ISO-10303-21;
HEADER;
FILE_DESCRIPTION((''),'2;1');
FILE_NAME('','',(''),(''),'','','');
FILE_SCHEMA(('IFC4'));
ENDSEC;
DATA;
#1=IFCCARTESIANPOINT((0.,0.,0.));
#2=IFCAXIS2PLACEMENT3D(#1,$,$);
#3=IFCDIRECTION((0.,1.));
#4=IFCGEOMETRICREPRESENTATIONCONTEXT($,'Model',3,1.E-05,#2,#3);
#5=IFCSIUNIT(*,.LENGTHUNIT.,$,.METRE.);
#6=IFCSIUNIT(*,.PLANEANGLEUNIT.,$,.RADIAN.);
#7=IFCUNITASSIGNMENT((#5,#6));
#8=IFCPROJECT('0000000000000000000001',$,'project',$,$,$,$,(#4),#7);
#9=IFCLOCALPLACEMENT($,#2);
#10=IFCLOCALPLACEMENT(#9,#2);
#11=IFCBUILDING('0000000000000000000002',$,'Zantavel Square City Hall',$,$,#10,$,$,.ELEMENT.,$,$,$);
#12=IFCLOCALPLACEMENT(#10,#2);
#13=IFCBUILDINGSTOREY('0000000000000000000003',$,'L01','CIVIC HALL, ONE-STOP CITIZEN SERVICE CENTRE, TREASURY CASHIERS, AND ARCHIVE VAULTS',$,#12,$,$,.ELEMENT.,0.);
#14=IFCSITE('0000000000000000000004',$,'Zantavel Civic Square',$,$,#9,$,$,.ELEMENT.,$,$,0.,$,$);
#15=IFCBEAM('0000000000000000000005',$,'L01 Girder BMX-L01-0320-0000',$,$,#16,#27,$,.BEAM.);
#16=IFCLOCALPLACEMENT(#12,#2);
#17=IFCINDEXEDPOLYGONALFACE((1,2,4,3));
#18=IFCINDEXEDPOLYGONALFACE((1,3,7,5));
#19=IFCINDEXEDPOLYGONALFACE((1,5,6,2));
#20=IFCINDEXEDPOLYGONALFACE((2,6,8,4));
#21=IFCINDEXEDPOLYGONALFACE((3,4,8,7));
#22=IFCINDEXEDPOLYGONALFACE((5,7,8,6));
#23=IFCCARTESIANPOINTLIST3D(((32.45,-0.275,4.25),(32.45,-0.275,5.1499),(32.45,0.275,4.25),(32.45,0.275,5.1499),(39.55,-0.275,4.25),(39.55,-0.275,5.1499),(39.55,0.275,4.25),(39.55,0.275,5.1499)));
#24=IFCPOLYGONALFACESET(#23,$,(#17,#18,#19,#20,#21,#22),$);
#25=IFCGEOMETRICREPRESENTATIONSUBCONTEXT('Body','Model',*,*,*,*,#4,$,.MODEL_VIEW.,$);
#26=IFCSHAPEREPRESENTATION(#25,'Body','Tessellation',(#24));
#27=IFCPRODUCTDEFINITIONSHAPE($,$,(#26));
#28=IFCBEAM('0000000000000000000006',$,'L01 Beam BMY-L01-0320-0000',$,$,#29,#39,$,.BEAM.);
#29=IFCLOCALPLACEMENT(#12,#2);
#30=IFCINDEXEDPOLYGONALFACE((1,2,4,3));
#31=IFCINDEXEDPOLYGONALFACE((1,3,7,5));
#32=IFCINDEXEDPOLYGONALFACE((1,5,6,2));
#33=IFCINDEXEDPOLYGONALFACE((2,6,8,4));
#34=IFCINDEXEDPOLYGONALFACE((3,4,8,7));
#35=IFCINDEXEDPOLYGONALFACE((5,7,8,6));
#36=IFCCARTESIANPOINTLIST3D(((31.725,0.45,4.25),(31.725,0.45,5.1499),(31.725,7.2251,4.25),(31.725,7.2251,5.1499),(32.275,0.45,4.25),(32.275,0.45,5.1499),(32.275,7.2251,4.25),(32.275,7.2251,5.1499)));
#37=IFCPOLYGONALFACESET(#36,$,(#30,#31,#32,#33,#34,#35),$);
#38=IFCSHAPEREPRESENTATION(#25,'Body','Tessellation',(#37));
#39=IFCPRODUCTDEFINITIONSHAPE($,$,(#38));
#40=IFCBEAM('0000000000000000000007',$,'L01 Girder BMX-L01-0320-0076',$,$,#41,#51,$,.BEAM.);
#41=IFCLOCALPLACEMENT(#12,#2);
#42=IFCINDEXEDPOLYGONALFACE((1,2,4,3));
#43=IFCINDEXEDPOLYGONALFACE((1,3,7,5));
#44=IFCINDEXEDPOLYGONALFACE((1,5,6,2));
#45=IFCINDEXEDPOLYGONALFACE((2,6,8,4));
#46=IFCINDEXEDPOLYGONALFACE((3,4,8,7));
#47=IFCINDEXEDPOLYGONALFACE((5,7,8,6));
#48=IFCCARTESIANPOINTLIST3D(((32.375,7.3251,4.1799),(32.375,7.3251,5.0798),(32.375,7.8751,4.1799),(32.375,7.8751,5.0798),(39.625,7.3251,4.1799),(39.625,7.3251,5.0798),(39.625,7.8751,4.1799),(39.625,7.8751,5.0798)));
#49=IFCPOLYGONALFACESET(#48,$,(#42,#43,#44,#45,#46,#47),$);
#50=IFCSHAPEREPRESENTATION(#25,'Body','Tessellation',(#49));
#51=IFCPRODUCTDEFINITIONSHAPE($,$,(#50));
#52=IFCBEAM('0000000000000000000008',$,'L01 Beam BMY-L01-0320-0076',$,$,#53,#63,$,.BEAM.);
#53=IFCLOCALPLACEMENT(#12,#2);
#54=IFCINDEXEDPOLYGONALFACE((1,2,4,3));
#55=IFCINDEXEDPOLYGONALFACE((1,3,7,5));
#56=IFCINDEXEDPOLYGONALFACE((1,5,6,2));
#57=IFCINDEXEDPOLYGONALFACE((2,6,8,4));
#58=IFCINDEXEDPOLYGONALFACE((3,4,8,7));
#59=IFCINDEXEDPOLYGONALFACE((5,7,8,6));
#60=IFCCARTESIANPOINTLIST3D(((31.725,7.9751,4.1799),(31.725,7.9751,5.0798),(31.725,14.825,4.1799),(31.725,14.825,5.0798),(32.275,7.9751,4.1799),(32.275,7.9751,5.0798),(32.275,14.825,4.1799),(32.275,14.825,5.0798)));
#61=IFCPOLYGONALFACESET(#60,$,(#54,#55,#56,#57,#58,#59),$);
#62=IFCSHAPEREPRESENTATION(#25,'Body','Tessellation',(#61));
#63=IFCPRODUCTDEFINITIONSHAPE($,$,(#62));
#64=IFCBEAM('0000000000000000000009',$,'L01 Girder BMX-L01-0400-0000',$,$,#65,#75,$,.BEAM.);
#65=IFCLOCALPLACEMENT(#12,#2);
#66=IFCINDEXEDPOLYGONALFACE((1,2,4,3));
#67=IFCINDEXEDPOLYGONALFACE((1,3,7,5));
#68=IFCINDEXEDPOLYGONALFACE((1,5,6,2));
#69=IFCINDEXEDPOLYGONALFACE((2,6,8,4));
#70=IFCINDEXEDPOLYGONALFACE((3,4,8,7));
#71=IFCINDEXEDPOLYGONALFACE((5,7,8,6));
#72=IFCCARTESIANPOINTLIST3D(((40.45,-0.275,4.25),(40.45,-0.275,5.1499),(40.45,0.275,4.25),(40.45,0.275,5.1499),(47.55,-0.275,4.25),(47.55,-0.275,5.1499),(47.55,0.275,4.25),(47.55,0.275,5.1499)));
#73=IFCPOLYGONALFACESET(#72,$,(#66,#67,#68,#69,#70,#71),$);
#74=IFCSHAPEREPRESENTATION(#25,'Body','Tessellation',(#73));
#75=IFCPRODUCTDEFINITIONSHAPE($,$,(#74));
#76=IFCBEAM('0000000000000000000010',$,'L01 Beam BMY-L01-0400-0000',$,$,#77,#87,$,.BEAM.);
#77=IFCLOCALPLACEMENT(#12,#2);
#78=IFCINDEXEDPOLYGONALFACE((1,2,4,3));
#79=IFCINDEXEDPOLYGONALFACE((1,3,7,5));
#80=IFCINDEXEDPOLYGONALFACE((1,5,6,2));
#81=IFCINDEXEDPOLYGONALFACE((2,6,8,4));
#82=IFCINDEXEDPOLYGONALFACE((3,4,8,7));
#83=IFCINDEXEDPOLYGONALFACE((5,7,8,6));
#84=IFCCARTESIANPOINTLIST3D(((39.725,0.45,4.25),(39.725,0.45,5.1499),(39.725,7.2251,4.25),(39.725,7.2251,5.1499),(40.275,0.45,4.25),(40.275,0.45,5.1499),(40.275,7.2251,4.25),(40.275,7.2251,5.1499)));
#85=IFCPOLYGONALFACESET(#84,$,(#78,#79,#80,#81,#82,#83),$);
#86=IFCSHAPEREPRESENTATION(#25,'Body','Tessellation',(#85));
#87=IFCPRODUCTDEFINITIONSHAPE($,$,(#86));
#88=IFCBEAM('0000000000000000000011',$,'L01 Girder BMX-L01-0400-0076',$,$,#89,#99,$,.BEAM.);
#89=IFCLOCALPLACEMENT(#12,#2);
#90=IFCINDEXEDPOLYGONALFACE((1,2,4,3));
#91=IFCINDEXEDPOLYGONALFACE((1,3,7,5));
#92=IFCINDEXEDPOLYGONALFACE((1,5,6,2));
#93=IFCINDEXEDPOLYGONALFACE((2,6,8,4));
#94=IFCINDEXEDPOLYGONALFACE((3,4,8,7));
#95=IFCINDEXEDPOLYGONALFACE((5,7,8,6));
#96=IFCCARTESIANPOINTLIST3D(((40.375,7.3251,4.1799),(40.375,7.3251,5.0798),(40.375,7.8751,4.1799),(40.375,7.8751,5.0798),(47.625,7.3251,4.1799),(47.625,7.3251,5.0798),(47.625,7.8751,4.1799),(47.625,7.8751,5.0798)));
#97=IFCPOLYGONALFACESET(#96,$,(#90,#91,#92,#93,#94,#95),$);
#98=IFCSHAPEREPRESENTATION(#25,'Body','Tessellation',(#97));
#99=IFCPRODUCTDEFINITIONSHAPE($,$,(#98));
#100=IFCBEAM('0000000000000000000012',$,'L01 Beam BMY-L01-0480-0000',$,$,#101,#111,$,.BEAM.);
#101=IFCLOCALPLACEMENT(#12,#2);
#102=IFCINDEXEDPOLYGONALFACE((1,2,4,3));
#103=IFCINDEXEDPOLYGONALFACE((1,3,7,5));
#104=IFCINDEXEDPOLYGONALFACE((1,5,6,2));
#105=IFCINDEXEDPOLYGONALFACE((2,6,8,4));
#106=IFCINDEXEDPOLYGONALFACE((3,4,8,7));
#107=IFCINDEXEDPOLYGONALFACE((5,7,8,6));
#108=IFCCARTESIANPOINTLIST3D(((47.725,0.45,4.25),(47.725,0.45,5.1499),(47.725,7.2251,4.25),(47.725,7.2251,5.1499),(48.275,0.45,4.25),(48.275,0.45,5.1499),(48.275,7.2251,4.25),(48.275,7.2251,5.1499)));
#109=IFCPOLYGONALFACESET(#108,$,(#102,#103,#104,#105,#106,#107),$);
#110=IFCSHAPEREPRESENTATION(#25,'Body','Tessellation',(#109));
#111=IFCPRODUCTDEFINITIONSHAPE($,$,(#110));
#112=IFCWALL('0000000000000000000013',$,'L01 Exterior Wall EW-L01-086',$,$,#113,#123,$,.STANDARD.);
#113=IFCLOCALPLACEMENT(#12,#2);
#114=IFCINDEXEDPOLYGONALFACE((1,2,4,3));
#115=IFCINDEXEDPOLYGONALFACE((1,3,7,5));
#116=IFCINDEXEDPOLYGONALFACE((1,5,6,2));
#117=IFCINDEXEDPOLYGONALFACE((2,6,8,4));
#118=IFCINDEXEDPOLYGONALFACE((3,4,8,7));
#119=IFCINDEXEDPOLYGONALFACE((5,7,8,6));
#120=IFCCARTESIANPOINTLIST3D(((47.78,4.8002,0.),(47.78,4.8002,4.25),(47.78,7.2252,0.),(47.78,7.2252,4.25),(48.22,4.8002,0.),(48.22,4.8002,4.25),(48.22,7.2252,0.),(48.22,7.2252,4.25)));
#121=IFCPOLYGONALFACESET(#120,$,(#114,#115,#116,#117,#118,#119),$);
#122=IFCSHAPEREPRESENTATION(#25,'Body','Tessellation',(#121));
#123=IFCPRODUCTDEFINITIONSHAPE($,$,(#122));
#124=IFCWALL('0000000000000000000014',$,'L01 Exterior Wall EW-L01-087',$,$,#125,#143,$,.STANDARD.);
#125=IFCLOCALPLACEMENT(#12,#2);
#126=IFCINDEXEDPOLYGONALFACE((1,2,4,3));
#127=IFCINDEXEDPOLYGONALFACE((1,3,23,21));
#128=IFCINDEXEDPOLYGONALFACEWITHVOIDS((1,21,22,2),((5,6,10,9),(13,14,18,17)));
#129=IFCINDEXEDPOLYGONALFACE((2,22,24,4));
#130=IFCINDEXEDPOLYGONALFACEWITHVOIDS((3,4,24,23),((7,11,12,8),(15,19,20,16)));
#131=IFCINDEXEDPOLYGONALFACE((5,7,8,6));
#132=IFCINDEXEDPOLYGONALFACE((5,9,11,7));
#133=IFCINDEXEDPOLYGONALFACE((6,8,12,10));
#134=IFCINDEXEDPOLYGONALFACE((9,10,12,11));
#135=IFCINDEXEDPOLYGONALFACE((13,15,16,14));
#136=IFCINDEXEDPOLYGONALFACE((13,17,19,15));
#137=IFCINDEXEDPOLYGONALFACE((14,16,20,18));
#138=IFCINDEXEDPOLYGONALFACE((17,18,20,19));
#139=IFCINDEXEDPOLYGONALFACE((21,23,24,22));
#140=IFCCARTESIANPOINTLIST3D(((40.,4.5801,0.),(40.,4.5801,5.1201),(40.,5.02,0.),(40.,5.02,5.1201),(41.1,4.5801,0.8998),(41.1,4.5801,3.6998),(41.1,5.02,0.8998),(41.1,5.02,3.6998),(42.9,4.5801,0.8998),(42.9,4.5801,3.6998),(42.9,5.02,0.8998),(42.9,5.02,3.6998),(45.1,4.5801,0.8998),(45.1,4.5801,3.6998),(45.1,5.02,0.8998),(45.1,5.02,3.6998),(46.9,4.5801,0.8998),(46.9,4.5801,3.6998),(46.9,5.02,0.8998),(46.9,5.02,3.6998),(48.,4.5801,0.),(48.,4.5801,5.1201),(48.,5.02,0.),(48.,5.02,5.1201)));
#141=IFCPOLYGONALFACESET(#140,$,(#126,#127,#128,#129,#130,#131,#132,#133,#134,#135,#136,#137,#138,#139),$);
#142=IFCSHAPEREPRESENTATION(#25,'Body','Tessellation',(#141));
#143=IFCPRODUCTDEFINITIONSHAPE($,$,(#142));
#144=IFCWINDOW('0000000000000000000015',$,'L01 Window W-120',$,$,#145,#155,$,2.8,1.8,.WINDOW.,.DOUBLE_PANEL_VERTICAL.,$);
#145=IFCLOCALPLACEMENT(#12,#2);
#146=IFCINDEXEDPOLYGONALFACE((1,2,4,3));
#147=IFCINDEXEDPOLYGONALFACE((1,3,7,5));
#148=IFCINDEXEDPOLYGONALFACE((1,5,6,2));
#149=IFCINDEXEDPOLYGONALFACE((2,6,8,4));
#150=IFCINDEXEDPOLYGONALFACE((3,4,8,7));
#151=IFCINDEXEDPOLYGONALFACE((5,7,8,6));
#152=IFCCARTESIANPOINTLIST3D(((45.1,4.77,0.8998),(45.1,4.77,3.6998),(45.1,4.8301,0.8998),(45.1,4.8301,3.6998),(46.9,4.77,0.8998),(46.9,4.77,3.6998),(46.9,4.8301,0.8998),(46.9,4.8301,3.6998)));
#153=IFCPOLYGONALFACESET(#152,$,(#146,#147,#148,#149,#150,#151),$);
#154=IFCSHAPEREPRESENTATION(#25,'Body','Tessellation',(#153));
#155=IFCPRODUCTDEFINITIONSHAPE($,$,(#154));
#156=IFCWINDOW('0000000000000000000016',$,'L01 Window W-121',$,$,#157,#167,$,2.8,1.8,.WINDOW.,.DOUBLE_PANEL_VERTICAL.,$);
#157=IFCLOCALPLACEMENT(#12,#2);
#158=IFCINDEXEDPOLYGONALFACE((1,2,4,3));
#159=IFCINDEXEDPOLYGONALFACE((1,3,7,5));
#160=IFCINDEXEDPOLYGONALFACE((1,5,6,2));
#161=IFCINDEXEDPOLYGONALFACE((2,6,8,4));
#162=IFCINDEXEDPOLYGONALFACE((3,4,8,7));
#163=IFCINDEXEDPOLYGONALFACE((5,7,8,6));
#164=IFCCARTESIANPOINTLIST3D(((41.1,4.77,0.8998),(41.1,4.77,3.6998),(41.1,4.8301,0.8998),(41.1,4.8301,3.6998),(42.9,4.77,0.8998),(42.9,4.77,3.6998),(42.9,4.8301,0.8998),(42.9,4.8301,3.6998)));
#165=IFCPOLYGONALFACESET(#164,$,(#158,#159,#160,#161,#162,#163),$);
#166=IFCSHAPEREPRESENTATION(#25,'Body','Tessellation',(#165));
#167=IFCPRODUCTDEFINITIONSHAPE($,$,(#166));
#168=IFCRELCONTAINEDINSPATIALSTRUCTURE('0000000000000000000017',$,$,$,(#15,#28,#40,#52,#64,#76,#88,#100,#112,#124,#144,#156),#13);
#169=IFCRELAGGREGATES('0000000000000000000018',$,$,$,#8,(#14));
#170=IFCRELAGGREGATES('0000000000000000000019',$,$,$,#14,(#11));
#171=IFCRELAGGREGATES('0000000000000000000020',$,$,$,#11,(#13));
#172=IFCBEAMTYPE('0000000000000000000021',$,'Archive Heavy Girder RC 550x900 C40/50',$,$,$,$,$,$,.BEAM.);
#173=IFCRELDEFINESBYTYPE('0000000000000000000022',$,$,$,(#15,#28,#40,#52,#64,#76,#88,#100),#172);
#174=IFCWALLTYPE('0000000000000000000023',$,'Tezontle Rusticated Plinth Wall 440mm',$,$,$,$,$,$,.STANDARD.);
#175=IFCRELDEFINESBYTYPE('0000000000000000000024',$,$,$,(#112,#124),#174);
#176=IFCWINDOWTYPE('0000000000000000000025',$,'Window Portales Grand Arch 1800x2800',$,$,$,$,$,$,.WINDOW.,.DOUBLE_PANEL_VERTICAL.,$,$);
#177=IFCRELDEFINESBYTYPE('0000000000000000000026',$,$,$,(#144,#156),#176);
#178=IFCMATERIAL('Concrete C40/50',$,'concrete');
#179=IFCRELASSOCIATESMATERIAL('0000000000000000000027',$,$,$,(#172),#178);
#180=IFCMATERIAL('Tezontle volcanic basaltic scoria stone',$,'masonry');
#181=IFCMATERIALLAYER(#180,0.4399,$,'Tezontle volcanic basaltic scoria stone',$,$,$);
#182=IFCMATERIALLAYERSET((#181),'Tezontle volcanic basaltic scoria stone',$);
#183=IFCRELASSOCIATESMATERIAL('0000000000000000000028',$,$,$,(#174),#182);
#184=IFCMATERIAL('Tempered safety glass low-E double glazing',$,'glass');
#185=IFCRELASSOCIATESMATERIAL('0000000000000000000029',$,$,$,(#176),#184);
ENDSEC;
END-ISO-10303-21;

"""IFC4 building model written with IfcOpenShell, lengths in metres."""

from ifc_helpers import new_model, si_unit, direction, frame, frame_2d, origin, origin_2d, place, context, subcontext, project, spatial, rectangle, extrude, material, layer, layer_set, material_profile, profile_set, type_object, element, fill, save


model = new_model("IFC4")

# Units and contexts
model_context = context("Model", 3, precision=1e-05, world=origin(), true_north=direction((0.0, 1.0)))
body_context = subcontext(model_context, "Body", "Model", "MODEL_VIEW")
ifc_project = project(units=[si_unit("LENGTHUNIT", "METRE"), si_unit("PLANEANGLEUNIT", "RADIAN")], contexts=[model_context])

# Site, building, storey
site_placement = place(None, origin())
site = spatial("IfcSite", under=ifc_project, at=site_placement, Name="Zantavel Civic Square", CompositionType="ELEMENT", RefElevation=0.0)
building_placement = place(site_placement, origin())
building = spatial("IfcBuilding", under=site, at=building_placement, Name="Zantavel Square City Hall", CompositionType="ELEMENT")
storey_placement = place(building_placement, origin())
storey = spatial("IfcBuildingStorey", under=building, at=storey_placement, Name="L01", Description="CIVIC HALL, ONE-STOP CITIZEN SERVICE CENTRE, TREASURY CASHIERS, AND ARCHIVE VAULTS", CompositionType="ELEMENT", Elevation=0.0)

# Shared definitions
ifc_material_1 = material(Name="Concrete C40/50", Category="concrete")

# Beams
ifc_material_profile_1 = material_profile(ifc_material_1, rectangle(XDim=0.55, YDim=0.8999, at=origin_2d()), Name="RC 550x900")
ifc_profile_set_1 = profile_set([ifc_material_profile_1], Name="Concrete C40/50")
beam_type_1 = type_object("IfcBeamType", Name="Archive Heavy Girder RC 550x900 C40/50", PredefinedType="BEAM", material=ifc_profile_set_1)
beam_1_placement = place(storey_placement, frame((32.45, 0.0, 4.7), z_axis=(1.0, 0.0, 0.0), x_axis=(0.0, 1.0, 0.0)))
element("IfcBeam", 1, at=beam_1_placement, inside=storey, type_object=beam_type_1, Name="L01 Girder BMX-L01-0320-0000", PredefinedType="BEAM", context=body_context, shape_type="SweptSolid", body=[
    extrude(rectangle(XDim=0.55, YDim=0.8999, at=origin_2d()), origin(), (0.0, 0.0, 1.0), 7.1001),
])
beam_2_placement = place(storey_placement, frame((32.0, 0.45, 4.7), z_axis=(0.0, 1.0, 0.0), x_axis=(-1.0, 0.0, 0.0)))
element("IfcBeam", 2, at=beam_2_placement, inside=storey, type_object=beam_type_1, Name="L01 Beam BMY-L01-0320-0000", PredefinedType="BEAM", context=body_context, shape_type="SweptSolid", body=[
    extrude(rectangle(XDim=0.55, YDim=0.8999, at=origin_2d()), origin(), (0.0, 0.0, 1.0), 6.7751),
])
beam_3_placement = place(storey_placement, frame((32.375, 7.6001, 4.6299), z_axis=(1.0, 0.0, 0.0), x_axis=(0.0, 1.0, 0.0)))
element("IfcBeam", 3, at=beam_3_placement, inside=storey, type_object=beam_type_1, Name="L01 Girder BMX-L01-0320-0076", PredefinedType="BEAM", context=body_context, shape_type="SweptSolid", body=[
    extrude(rectangle(XDim=0.55, YDim=0.8999, at=origin_2d()), origin(), (0.0, 0.0, 1.0), 7.25),
])
beam_4_placement = place(storey_placement, frame((32.0, 7.9751, 4.6299), z_axis=(0.0, 1.0, 0.0), x_axis=(-1.0, 0.0, 0.0)))
element("IfcBeam", 4, at=beam_4_placement, inside=storey, type_object=beam_type_1, Name="L01 Beam BMY-L01-0320-0076", PredefinedType="BEAM", context=body_context, shape_type="SweptSolid", body=[
    extrude(rectangle(XDim=0.55, YDim=0.8999, at=origin_2d()), origin(), (0.0, 0.0, 1.0), 6.8499),
])
beam_5_placement = place(storey_placement, frame((40.45, 0.0, 4.7), z_axis=(1.0, 0.0, 0.0), x_axis=(0.0, 1.0, 0.0)))
element("IfcBeam", 5, at=beam_5_placement, inside=storey, type_object=beam_type_1, Name="L01 Girder BMX-L01-0400-0000", PredefinedType="BEAM", context=body_context, shape_type="SweptSolid", body=[
    extrude(rectangle(XDim=0.55, YDim=0.8999, at=origin_2d()), origin(), (0.0, 0.0, 1.0), 7.1001),
])
beam_6_placement = place(storey_placement, frame((40.0, 0.45, 4.7), z_axis=(0.0, 1.0, 0.0), x_axis=(-1.0, 0.0, 0.0)))
element("IfcBeam", 6, at=beam_6_placement, inside=storey, type_object=beam_type_1, Name="L01 Beam BMY-L01-0400-0000", PredefinedType="BEAM", context=body_context, shape_type="SweptSolid", body=[
    extrude(rectangle(XDim=0.55, YDim=0.8999, at=origin_2d()), origin(), (0.0, 0.0, 1.0), 6.7751),
])
beam_7_placement = place(storey_placement, frame((40.375, 7.6001, 4.6299), z_axis=(1.0, 0.0, 0.0), x_axis=(0.0, 1.0, 0.0)))
element("IfcBeam", 7, at=beam_7_placement, inside=storey, type_object=beam_type_1, Name="L01 Girder BMX-L01-0400-0076", PredefinedType="BEAM", context=body_context, shape_type="SweptSolid", body=[
    extrude(rectangle(XDim=0.55, YDim=0.8999, at=origin_2d()), origin(), (0.0, 0.0, 1.0), 7.25),
])
beam_8_placement = place(storey_placement, frame((48.0, 0.45, 4.7), z_axis=(0.0, 1.0, 0.0), x_axis=(-1.0, 0.0, 0.0)))
element("IfcBeam", 8, at=beam_8_placement, inside=storey, type_object=beam_type_1, Name="L01 Beam BMY-L01-0480-0000", PredefinedType="BEAM", context=body_context, shape_type="SweptSolid", body=[
    extrude(rectangle(XDim=0.55, YDim=0.8999, at=origin_2d()), origin(), (0.0, 0.0, 1.0), 6.7751),
])

# Wall
ifc_material_2 = material(Name="Tezontle volcanic basaltic scoria stone", Category="masonry")
ifc_layer = layer(ifc_material_2, 0.4399, Name="Tezontle volcanic basaltic scoria stone")
ifc_layer_set = layer_set([ifc_layer], Name="Tezontle volcanic basaltic scoria stone")
wall_type = type_object("IfcWallType", Name="Tezontle Rusticated Plinth Wall 440mm", PredefinedType="STANDARD", material=ifc_layer_set)
wall_1_placement = place(storey_placement, frame((48.0, 7.2251, 0.0), z_axis=(0.0, 0.0, 1.0), x_axis=(0.0, -1.0, 0.0)))
element("IfcWall", 9, at=wall_1_placement, inside=storey, type_object=wall_type, Name="L01 Exterior Wall EW-L01-086", PredefinedType="STANDARD", context=body_context, shape_type="SweptSolid", body=[
    extrude(rectangle(XDim=2.425, YDim=0.4399, at=frame_2d((1.2124, 0.0))), origin(), (0.0, 0.0, 1.0), 4.25),
])

# Wall, openings, windows
wall_2_placement = place(storey_placement, frame((48.0, 4.8, 0.0), z_axis=(0.0, 0.0, 1.0), x_axis=(-1.0, 0.0, 0.0)))
wall_2 = element("IfcWall", 10, at=wall_2_placement, inside=storey, type_object=wall_type, Name="L01 Exterior Wall EW-L01-087", PredefinedType="STANDARD", context=body_context, shape_type="SweptSolid", body=[
    extrude(rectangle(XDim=8.0, YDim=0.4399, at=frame_2d((4.0, 0.0))), origin(), (0.0, 0.0, 1.0), 5.1201),
])
opening_1_placement = place(wall_2_placement, frame((1.1001, 0.0, 0.8999)))
opening_1 = element("IfcOpeningElement", 11, at=opening_1_placement, cuts=wall_2, PredefinedType="OPENING", context=body_context, shape_type="SweptSolid", body=[
    extrude(rectangle(XDim=1.8, YDim=2.8, at=frame_2d((0.8999, 1.3999))), frame((0.0, 0.23, 0.0), z_axis=(0.0, -1.0, 0.0), x_axis=(1.0, 0.0, 0.0)), (0.0, 0.0, 1.0), 0.46),
])
opening_2_placement = place(wall_2_placement, frame((5.1001, 0.0, 0.8999)))
opening_2 = element("IfcOpeningElement", 12, at=opening_2_placement, cuts=wall_2, PredefinedType="OPENING", context=body_context, shape_type="SweptSolid", body=[
    extrude(rectangle(XDim=1.8, YDim=2.8, at=frame_2d((0.8999, 1.3999))), frame((0.0, 0.23, 0.0), z_axis=(0.0, -1.0, 0.0), x_axis=(1.0, 0.0, 0.0)), (0.0, 0.0, 1.0), 0.46),
])
ifc_material_3 = material(Name="Tempered safety glass low-E double glazing", Category="glass")
window_type = type_object("IfcWindowType", Name="Window Portales Grand Arch 1800x2800", PartitioningType="DOUBLE_PANEL_VERTICAL", PredefinedType="WINDOW", material=ifc_material_3)
window_1_placement = place(opening_1_placement, origin())
window_1 = element("IfcWindow", 13, at=window_1_placement, inside=storey, type_object=window_type, Name="L01 Window W-120", OverallHeight=2.8, OverallWidth=1.8, PartitioningType="DOUBLE_PANEL_VERTICAL", PredefinedType="WINDOW", context=body_context, shape_type="SweptSolid", body=[
    extrude(rectangle(XDim=1.8, YDim=2.8, at=frame_2d((0.8999, 1.3999))), frame((0.0, 0.03, 0.0), z_axis=(0.0, -1.0, 0.0), x_axis=(1.0, 0.0, 0.0)), (0.0, 0.0, 1.0), 0.0601),
])
fill(opening_1, window_1)
window_2_placement = place(opening_2_placement, origin())
window_2 = element("IfcWindow", 14, at=window_2_placement, inside=storey, type_object=window_type, Name="L01 Window W-121", OverallHeight=2.8, OverallWidth=1.8, PartitioningType="DOUBLE_PANEL_VERTICAL", PredefinedType="WINDOW", context=body_context, shape_type="SweptSolid", body=[
    extrude(rectangle(XDim=1.8, YDim=2.8, at=frame_2d((0.8999, 1.3999))), frame((0.0, 0.03, 0.0), z_axis=(0.0, -1.0, 0.0), x_axis=(1.0, 0.0, 0.0)), (0.0, 0.0, 1.0), 0.0601),
])
fill(opening_2, window_2)

save(model, "model.ifc")
